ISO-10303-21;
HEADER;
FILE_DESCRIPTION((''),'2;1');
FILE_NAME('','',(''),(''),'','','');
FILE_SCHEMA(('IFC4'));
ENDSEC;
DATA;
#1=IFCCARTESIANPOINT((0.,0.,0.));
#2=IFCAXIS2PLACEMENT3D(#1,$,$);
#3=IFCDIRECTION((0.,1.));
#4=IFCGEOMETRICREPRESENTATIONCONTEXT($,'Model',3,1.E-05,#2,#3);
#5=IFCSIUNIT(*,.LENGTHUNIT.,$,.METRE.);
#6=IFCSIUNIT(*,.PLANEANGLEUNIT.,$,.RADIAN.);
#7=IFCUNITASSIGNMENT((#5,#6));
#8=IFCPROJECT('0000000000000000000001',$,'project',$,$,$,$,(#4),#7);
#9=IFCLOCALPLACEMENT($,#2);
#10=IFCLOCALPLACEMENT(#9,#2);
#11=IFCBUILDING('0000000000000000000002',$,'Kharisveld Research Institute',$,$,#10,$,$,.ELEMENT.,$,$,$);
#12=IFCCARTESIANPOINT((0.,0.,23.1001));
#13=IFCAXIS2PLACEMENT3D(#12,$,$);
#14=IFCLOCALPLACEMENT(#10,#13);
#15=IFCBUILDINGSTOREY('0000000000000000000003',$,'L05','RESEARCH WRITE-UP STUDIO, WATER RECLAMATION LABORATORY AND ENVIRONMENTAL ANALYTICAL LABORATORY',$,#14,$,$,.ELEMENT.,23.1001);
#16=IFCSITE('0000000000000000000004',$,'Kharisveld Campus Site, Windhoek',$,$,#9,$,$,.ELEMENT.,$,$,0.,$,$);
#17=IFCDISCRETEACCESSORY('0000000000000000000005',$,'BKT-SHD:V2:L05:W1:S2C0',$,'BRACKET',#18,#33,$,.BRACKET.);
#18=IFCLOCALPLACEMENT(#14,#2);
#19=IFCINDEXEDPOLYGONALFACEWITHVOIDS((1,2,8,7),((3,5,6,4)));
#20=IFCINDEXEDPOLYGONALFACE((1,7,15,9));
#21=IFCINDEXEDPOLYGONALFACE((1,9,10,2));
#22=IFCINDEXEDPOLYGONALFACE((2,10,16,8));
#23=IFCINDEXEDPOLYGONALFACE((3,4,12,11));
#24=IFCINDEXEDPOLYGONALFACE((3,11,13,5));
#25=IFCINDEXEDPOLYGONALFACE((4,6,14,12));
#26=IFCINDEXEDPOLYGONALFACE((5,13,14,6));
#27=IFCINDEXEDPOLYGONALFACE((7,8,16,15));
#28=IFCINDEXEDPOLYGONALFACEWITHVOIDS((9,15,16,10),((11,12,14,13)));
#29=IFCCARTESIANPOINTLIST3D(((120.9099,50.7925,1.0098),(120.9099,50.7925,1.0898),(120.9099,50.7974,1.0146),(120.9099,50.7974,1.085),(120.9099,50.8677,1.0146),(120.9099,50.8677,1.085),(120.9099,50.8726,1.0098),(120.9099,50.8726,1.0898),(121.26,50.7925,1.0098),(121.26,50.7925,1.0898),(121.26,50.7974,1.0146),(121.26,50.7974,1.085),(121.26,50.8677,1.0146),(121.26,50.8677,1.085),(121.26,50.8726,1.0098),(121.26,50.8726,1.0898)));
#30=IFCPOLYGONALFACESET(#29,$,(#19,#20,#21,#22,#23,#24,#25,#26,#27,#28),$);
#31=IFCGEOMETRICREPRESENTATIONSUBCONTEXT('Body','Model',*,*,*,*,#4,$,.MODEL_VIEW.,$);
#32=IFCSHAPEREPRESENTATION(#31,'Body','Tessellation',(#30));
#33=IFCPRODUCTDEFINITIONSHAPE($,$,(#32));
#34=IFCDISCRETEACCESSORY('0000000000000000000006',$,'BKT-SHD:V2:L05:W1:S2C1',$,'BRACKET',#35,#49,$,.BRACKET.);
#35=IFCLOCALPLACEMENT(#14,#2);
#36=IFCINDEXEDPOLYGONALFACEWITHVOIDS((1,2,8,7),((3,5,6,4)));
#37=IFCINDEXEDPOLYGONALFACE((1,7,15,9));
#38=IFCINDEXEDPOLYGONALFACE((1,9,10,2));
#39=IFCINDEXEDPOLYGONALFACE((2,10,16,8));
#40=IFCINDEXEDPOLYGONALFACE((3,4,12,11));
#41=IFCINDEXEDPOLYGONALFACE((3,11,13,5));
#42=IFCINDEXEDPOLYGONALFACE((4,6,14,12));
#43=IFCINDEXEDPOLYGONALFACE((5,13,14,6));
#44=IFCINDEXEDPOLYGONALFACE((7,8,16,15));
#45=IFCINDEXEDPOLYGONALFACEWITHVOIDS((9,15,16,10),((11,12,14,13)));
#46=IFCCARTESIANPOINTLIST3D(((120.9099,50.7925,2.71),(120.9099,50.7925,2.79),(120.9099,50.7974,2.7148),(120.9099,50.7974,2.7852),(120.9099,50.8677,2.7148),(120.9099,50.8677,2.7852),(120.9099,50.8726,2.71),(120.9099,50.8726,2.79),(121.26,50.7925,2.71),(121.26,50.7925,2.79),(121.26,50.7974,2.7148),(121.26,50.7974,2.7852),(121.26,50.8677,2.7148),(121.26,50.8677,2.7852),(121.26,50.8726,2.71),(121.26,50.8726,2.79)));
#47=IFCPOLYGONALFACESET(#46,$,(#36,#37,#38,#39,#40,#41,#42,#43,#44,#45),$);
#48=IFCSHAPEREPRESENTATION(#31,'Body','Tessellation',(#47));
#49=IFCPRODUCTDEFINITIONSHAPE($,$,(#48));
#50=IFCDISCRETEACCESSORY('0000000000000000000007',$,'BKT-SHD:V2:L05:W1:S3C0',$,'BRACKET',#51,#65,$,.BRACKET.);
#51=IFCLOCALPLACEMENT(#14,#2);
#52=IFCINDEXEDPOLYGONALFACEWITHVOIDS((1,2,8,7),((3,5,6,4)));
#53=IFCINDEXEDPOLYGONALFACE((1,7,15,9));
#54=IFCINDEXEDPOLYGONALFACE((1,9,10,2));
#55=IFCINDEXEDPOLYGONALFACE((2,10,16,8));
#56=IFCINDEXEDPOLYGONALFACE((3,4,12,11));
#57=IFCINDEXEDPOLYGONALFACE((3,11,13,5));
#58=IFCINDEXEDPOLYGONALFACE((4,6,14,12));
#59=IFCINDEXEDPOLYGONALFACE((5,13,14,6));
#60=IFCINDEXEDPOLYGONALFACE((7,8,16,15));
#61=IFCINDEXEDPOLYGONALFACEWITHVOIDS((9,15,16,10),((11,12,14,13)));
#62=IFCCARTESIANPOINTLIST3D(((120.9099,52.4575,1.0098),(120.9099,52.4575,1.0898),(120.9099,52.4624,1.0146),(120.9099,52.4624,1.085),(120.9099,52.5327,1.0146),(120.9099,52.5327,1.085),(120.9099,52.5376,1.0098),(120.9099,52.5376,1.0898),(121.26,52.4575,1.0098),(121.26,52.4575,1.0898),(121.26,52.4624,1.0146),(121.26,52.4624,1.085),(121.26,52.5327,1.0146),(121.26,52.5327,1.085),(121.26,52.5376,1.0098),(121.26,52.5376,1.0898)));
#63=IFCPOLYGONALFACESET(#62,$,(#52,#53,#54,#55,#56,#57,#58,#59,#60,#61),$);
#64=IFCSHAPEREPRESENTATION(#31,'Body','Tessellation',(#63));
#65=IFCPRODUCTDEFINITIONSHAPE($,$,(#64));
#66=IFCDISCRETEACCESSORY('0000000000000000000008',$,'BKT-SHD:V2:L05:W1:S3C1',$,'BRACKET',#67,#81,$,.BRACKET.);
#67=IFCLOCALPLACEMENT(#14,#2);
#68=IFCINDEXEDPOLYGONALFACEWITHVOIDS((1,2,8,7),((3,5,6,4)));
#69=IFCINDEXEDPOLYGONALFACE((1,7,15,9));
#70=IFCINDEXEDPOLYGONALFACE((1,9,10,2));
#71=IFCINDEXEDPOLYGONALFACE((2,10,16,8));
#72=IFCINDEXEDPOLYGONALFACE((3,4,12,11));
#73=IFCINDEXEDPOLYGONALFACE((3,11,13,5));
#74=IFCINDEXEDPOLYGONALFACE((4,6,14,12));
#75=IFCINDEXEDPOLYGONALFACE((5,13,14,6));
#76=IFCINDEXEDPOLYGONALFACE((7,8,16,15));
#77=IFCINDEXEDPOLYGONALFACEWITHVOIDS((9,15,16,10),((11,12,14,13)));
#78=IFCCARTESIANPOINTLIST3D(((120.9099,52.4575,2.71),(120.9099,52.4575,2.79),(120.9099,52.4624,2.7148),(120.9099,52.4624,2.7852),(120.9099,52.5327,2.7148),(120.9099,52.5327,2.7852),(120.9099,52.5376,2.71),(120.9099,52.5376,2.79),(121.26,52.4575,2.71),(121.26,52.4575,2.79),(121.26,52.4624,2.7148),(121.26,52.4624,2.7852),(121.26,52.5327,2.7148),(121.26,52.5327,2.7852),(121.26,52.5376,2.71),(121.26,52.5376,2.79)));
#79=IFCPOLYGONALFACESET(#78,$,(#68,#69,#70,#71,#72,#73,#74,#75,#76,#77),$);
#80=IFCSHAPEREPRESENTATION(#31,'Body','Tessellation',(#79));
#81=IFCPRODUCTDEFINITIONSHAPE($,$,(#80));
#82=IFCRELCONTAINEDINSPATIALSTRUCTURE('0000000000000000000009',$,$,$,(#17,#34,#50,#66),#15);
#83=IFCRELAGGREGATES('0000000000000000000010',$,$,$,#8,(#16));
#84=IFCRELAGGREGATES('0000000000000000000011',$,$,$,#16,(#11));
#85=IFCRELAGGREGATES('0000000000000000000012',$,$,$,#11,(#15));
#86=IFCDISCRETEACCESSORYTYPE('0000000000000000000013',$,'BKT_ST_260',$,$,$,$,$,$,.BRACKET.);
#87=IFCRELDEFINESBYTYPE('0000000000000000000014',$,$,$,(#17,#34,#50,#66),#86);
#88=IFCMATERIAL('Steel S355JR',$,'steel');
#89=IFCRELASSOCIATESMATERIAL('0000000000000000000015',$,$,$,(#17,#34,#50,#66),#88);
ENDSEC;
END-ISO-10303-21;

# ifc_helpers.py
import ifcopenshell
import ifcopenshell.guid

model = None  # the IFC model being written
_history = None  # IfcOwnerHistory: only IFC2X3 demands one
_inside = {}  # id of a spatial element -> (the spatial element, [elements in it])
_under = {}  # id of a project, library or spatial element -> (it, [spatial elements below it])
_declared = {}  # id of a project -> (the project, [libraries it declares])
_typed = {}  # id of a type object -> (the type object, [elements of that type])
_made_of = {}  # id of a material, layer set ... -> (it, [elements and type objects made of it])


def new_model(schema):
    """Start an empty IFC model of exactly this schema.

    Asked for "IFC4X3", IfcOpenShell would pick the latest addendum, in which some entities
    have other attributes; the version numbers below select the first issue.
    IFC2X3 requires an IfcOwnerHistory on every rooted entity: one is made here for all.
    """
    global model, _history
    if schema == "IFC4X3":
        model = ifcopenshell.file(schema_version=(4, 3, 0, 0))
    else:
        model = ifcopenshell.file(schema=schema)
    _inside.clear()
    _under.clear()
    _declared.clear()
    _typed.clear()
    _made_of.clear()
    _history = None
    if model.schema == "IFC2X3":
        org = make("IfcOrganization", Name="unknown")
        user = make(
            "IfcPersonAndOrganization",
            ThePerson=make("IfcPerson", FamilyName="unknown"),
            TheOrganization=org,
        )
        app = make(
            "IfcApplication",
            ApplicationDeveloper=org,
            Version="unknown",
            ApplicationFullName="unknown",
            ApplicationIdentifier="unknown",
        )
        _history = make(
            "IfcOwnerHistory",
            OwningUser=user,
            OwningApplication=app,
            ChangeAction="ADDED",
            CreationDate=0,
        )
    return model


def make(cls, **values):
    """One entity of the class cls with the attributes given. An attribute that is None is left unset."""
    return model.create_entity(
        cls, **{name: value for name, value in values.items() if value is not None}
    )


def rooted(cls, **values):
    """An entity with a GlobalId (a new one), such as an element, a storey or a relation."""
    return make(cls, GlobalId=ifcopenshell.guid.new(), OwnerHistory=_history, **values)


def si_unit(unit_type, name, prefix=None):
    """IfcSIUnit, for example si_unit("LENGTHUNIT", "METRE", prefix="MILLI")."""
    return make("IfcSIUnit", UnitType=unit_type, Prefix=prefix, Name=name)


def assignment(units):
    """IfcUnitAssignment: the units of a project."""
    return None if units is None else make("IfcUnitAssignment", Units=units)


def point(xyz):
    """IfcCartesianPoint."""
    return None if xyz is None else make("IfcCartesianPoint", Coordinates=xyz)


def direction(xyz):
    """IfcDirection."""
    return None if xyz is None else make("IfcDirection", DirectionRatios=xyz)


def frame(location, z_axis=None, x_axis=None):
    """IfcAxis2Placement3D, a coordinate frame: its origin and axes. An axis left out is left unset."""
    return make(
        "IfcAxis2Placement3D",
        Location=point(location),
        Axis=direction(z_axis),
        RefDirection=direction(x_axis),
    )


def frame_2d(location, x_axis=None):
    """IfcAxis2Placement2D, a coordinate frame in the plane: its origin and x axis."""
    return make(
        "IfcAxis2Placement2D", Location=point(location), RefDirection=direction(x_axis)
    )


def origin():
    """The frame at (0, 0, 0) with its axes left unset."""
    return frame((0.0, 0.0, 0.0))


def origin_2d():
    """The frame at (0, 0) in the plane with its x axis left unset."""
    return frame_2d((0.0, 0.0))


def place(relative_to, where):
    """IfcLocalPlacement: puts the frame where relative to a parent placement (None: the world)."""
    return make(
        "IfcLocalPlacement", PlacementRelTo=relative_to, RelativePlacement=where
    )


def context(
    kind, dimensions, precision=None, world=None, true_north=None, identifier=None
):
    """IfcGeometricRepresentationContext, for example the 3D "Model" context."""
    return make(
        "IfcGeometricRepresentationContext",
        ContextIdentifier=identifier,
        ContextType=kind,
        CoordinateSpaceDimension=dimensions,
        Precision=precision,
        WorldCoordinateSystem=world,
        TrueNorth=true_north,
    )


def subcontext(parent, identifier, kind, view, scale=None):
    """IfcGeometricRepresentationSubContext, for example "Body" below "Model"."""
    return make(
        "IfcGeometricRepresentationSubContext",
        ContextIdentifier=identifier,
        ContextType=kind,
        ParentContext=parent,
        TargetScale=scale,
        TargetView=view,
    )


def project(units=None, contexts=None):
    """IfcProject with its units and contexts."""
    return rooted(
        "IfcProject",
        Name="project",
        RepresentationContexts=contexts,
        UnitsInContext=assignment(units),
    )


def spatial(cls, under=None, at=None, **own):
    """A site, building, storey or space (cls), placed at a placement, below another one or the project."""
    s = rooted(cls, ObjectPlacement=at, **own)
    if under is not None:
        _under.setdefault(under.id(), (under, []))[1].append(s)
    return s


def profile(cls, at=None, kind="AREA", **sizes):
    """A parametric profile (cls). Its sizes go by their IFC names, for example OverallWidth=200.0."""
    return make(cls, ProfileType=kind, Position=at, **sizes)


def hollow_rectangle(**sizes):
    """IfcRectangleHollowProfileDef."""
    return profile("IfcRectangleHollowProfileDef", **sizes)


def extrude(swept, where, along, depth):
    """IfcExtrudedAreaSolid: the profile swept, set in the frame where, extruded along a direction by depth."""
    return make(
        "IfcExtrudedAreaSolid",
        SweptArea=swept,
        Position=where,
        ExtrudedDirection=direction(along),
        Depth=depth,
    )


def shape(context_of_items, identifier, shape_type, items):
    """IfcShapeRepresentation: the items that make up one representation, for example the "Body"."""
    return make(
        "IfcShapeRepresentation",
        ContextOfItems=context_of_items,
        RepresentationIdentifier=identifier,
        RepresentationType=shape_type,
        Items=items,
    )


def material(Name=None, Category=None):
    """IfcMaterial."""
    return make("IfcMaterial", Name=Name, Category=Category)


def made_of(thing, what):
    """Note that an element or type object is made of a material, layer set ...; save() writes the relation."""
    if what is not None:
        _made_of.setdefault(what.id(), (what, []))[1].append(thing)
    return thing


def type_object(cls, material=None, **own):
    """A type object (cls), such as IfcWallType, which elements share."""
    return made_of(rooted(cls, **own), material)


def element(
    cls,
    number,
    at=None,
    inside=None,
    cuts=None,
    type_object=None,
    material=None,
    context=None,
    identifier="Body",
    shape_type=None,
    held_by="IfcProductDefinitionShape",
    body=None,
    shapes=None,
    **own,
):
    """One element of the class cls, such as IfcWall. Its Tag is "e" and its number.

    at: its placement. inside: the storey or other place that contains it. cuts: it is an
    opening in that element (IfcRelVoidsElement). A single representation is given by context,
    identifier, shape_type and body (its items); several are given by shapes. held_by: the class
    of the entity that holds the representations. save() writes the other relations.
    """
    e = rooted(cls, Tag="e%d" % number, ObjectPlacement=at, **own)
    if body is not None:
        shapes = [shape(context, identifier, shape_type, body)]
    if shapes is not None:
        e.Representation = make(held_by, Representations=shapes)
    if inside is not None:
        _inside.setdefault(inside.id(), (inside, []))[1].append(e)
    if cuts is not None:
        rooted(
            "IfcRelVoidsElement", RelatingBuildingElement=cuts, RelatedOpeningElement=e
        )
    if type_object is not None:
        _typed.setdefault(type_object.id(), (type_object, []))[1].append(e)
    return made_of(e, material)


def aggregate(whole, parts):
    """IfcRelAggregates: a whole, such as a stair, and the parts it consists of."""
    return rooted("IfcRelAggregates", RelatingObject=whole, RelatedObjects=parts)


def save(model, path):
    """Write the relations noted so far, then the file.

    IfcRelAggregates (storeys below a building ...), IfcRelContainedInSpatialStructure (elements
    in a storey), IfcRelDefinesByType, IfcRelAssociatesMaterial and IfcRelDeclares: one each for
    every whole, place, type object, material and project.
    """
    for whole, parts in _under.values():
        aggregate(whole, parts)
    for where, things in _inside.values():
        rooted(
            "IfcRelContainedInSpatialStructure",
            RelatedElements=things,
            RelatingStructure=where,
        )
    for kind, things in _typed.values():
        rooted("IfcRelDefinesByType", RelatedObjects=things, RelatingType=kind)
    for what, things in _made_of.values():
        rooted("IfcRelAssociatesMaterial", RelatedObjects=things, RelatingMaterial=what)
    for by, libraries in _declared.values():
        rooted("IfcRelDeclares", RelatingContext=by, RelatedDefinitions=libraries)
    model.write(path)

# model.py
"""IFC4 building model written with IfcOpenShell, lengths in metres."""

from ifc_helpers import new_model, si_unit, direction, frame, origin, origin_2d, place, context, subcontext, project, spatial, hollow_rectangle, extrude, material, type_object, element, save


model = new_model("IFC4")

# Units and contexts
model_context = context("Model", 3, precision=1e-05, world=origin(), true_north=direction((0.0, 1.0)))
body_context = subcontext(model_context, "Body", "Model", "MODEL_VIEW")
ifc_project = project(units=[si_unit("LENGTHUNIT", "METRE"), si_unit("PLANEANGLEUNIT", "RADIAN")], contexts=[model_context])

# Site, building, storey
site_placement = place(None, origin())
site = spatial("IfcSite", under=ifc_project, at=site_placement, Name="Kharisveld Campus Site, Windhoek", CompositionType="ELEMENT", RefElevation=0.0)
building_placement = place(site_placement, origin())
building = spatial("IfcBuilding", under=site, at=building_placement, Name="Kharisveld Research Institute", CompositionType="ELEMENT")
storey_placement = place(building_placement, frame((0.0, 0.0, 23.1001)))
storey = spatial("IfcBuildingStorey", under=building, at=storey_placement, Name="L05", Description="RESEARCH WRITE-UP STUDIO, WATER RECLAMATION LABORATORY AND ENVIRONMENTAL ANALYTICAL LABORATORY", CompositionType="ELEMENT", Elevation=23.1001)

# Discrete accessories
ifc_material_1 = material(Name="Steel S355JR", Category="steel")
discrete_accessory_type = type_object("IfcDiscreteAccessoryType", Name="BKT_ST_260", PredefinedType="BRACKET")
for number, where, z_axis, x_axis, name in (
    (1, (121.26, 50.8325, 1.0498), (-1.0, 0.0, 0.0), (0.0, -1.0, 0.0), "BKT-SHD:V2:L05:W1:S2C0"),
    (2, (121.26, 50.8325, 2.75), (-1.0, 0.0, 0.0), (0.0, -1.0, 0.0), "BKT-SHD:V2:L05:W1:S2C1"),
    (3, (121.26, 52.4976, 1.0498), (-1.0, 0.0, 0.0), (0.0, -1.0, 0.0), "BKT-SHD:V2:L05:W1:S3C0"),
    (4, (121.26, 52.4976, 2.75), (-1.0, 0.0, 0.0), (0.0, -1.0, 0.0), "BKT-SHD:V2:L05:W1:S3C1"),
):
    element("IfcDiscreteAccessory", number, at=place(storey_placement, frame(where, z_axis=z_axis, x_axis=x_axis)), inside=storey, type_object=discrete_accessory_type, material=ifc_material_1, Name=name, ObjectType="BRACKET", PredefinedType="BRACKET", context=body_context, shape_type="SweptSolid", body=[
        extrude(hollow_rectangle(XDim=0.0801, YDim=0.0801, WallThickness=0.0049, at=origin_2d()), origin(), (0.0, 0.0, 1.0), 0.3501),
    ])

save(model, "model.ifc")
